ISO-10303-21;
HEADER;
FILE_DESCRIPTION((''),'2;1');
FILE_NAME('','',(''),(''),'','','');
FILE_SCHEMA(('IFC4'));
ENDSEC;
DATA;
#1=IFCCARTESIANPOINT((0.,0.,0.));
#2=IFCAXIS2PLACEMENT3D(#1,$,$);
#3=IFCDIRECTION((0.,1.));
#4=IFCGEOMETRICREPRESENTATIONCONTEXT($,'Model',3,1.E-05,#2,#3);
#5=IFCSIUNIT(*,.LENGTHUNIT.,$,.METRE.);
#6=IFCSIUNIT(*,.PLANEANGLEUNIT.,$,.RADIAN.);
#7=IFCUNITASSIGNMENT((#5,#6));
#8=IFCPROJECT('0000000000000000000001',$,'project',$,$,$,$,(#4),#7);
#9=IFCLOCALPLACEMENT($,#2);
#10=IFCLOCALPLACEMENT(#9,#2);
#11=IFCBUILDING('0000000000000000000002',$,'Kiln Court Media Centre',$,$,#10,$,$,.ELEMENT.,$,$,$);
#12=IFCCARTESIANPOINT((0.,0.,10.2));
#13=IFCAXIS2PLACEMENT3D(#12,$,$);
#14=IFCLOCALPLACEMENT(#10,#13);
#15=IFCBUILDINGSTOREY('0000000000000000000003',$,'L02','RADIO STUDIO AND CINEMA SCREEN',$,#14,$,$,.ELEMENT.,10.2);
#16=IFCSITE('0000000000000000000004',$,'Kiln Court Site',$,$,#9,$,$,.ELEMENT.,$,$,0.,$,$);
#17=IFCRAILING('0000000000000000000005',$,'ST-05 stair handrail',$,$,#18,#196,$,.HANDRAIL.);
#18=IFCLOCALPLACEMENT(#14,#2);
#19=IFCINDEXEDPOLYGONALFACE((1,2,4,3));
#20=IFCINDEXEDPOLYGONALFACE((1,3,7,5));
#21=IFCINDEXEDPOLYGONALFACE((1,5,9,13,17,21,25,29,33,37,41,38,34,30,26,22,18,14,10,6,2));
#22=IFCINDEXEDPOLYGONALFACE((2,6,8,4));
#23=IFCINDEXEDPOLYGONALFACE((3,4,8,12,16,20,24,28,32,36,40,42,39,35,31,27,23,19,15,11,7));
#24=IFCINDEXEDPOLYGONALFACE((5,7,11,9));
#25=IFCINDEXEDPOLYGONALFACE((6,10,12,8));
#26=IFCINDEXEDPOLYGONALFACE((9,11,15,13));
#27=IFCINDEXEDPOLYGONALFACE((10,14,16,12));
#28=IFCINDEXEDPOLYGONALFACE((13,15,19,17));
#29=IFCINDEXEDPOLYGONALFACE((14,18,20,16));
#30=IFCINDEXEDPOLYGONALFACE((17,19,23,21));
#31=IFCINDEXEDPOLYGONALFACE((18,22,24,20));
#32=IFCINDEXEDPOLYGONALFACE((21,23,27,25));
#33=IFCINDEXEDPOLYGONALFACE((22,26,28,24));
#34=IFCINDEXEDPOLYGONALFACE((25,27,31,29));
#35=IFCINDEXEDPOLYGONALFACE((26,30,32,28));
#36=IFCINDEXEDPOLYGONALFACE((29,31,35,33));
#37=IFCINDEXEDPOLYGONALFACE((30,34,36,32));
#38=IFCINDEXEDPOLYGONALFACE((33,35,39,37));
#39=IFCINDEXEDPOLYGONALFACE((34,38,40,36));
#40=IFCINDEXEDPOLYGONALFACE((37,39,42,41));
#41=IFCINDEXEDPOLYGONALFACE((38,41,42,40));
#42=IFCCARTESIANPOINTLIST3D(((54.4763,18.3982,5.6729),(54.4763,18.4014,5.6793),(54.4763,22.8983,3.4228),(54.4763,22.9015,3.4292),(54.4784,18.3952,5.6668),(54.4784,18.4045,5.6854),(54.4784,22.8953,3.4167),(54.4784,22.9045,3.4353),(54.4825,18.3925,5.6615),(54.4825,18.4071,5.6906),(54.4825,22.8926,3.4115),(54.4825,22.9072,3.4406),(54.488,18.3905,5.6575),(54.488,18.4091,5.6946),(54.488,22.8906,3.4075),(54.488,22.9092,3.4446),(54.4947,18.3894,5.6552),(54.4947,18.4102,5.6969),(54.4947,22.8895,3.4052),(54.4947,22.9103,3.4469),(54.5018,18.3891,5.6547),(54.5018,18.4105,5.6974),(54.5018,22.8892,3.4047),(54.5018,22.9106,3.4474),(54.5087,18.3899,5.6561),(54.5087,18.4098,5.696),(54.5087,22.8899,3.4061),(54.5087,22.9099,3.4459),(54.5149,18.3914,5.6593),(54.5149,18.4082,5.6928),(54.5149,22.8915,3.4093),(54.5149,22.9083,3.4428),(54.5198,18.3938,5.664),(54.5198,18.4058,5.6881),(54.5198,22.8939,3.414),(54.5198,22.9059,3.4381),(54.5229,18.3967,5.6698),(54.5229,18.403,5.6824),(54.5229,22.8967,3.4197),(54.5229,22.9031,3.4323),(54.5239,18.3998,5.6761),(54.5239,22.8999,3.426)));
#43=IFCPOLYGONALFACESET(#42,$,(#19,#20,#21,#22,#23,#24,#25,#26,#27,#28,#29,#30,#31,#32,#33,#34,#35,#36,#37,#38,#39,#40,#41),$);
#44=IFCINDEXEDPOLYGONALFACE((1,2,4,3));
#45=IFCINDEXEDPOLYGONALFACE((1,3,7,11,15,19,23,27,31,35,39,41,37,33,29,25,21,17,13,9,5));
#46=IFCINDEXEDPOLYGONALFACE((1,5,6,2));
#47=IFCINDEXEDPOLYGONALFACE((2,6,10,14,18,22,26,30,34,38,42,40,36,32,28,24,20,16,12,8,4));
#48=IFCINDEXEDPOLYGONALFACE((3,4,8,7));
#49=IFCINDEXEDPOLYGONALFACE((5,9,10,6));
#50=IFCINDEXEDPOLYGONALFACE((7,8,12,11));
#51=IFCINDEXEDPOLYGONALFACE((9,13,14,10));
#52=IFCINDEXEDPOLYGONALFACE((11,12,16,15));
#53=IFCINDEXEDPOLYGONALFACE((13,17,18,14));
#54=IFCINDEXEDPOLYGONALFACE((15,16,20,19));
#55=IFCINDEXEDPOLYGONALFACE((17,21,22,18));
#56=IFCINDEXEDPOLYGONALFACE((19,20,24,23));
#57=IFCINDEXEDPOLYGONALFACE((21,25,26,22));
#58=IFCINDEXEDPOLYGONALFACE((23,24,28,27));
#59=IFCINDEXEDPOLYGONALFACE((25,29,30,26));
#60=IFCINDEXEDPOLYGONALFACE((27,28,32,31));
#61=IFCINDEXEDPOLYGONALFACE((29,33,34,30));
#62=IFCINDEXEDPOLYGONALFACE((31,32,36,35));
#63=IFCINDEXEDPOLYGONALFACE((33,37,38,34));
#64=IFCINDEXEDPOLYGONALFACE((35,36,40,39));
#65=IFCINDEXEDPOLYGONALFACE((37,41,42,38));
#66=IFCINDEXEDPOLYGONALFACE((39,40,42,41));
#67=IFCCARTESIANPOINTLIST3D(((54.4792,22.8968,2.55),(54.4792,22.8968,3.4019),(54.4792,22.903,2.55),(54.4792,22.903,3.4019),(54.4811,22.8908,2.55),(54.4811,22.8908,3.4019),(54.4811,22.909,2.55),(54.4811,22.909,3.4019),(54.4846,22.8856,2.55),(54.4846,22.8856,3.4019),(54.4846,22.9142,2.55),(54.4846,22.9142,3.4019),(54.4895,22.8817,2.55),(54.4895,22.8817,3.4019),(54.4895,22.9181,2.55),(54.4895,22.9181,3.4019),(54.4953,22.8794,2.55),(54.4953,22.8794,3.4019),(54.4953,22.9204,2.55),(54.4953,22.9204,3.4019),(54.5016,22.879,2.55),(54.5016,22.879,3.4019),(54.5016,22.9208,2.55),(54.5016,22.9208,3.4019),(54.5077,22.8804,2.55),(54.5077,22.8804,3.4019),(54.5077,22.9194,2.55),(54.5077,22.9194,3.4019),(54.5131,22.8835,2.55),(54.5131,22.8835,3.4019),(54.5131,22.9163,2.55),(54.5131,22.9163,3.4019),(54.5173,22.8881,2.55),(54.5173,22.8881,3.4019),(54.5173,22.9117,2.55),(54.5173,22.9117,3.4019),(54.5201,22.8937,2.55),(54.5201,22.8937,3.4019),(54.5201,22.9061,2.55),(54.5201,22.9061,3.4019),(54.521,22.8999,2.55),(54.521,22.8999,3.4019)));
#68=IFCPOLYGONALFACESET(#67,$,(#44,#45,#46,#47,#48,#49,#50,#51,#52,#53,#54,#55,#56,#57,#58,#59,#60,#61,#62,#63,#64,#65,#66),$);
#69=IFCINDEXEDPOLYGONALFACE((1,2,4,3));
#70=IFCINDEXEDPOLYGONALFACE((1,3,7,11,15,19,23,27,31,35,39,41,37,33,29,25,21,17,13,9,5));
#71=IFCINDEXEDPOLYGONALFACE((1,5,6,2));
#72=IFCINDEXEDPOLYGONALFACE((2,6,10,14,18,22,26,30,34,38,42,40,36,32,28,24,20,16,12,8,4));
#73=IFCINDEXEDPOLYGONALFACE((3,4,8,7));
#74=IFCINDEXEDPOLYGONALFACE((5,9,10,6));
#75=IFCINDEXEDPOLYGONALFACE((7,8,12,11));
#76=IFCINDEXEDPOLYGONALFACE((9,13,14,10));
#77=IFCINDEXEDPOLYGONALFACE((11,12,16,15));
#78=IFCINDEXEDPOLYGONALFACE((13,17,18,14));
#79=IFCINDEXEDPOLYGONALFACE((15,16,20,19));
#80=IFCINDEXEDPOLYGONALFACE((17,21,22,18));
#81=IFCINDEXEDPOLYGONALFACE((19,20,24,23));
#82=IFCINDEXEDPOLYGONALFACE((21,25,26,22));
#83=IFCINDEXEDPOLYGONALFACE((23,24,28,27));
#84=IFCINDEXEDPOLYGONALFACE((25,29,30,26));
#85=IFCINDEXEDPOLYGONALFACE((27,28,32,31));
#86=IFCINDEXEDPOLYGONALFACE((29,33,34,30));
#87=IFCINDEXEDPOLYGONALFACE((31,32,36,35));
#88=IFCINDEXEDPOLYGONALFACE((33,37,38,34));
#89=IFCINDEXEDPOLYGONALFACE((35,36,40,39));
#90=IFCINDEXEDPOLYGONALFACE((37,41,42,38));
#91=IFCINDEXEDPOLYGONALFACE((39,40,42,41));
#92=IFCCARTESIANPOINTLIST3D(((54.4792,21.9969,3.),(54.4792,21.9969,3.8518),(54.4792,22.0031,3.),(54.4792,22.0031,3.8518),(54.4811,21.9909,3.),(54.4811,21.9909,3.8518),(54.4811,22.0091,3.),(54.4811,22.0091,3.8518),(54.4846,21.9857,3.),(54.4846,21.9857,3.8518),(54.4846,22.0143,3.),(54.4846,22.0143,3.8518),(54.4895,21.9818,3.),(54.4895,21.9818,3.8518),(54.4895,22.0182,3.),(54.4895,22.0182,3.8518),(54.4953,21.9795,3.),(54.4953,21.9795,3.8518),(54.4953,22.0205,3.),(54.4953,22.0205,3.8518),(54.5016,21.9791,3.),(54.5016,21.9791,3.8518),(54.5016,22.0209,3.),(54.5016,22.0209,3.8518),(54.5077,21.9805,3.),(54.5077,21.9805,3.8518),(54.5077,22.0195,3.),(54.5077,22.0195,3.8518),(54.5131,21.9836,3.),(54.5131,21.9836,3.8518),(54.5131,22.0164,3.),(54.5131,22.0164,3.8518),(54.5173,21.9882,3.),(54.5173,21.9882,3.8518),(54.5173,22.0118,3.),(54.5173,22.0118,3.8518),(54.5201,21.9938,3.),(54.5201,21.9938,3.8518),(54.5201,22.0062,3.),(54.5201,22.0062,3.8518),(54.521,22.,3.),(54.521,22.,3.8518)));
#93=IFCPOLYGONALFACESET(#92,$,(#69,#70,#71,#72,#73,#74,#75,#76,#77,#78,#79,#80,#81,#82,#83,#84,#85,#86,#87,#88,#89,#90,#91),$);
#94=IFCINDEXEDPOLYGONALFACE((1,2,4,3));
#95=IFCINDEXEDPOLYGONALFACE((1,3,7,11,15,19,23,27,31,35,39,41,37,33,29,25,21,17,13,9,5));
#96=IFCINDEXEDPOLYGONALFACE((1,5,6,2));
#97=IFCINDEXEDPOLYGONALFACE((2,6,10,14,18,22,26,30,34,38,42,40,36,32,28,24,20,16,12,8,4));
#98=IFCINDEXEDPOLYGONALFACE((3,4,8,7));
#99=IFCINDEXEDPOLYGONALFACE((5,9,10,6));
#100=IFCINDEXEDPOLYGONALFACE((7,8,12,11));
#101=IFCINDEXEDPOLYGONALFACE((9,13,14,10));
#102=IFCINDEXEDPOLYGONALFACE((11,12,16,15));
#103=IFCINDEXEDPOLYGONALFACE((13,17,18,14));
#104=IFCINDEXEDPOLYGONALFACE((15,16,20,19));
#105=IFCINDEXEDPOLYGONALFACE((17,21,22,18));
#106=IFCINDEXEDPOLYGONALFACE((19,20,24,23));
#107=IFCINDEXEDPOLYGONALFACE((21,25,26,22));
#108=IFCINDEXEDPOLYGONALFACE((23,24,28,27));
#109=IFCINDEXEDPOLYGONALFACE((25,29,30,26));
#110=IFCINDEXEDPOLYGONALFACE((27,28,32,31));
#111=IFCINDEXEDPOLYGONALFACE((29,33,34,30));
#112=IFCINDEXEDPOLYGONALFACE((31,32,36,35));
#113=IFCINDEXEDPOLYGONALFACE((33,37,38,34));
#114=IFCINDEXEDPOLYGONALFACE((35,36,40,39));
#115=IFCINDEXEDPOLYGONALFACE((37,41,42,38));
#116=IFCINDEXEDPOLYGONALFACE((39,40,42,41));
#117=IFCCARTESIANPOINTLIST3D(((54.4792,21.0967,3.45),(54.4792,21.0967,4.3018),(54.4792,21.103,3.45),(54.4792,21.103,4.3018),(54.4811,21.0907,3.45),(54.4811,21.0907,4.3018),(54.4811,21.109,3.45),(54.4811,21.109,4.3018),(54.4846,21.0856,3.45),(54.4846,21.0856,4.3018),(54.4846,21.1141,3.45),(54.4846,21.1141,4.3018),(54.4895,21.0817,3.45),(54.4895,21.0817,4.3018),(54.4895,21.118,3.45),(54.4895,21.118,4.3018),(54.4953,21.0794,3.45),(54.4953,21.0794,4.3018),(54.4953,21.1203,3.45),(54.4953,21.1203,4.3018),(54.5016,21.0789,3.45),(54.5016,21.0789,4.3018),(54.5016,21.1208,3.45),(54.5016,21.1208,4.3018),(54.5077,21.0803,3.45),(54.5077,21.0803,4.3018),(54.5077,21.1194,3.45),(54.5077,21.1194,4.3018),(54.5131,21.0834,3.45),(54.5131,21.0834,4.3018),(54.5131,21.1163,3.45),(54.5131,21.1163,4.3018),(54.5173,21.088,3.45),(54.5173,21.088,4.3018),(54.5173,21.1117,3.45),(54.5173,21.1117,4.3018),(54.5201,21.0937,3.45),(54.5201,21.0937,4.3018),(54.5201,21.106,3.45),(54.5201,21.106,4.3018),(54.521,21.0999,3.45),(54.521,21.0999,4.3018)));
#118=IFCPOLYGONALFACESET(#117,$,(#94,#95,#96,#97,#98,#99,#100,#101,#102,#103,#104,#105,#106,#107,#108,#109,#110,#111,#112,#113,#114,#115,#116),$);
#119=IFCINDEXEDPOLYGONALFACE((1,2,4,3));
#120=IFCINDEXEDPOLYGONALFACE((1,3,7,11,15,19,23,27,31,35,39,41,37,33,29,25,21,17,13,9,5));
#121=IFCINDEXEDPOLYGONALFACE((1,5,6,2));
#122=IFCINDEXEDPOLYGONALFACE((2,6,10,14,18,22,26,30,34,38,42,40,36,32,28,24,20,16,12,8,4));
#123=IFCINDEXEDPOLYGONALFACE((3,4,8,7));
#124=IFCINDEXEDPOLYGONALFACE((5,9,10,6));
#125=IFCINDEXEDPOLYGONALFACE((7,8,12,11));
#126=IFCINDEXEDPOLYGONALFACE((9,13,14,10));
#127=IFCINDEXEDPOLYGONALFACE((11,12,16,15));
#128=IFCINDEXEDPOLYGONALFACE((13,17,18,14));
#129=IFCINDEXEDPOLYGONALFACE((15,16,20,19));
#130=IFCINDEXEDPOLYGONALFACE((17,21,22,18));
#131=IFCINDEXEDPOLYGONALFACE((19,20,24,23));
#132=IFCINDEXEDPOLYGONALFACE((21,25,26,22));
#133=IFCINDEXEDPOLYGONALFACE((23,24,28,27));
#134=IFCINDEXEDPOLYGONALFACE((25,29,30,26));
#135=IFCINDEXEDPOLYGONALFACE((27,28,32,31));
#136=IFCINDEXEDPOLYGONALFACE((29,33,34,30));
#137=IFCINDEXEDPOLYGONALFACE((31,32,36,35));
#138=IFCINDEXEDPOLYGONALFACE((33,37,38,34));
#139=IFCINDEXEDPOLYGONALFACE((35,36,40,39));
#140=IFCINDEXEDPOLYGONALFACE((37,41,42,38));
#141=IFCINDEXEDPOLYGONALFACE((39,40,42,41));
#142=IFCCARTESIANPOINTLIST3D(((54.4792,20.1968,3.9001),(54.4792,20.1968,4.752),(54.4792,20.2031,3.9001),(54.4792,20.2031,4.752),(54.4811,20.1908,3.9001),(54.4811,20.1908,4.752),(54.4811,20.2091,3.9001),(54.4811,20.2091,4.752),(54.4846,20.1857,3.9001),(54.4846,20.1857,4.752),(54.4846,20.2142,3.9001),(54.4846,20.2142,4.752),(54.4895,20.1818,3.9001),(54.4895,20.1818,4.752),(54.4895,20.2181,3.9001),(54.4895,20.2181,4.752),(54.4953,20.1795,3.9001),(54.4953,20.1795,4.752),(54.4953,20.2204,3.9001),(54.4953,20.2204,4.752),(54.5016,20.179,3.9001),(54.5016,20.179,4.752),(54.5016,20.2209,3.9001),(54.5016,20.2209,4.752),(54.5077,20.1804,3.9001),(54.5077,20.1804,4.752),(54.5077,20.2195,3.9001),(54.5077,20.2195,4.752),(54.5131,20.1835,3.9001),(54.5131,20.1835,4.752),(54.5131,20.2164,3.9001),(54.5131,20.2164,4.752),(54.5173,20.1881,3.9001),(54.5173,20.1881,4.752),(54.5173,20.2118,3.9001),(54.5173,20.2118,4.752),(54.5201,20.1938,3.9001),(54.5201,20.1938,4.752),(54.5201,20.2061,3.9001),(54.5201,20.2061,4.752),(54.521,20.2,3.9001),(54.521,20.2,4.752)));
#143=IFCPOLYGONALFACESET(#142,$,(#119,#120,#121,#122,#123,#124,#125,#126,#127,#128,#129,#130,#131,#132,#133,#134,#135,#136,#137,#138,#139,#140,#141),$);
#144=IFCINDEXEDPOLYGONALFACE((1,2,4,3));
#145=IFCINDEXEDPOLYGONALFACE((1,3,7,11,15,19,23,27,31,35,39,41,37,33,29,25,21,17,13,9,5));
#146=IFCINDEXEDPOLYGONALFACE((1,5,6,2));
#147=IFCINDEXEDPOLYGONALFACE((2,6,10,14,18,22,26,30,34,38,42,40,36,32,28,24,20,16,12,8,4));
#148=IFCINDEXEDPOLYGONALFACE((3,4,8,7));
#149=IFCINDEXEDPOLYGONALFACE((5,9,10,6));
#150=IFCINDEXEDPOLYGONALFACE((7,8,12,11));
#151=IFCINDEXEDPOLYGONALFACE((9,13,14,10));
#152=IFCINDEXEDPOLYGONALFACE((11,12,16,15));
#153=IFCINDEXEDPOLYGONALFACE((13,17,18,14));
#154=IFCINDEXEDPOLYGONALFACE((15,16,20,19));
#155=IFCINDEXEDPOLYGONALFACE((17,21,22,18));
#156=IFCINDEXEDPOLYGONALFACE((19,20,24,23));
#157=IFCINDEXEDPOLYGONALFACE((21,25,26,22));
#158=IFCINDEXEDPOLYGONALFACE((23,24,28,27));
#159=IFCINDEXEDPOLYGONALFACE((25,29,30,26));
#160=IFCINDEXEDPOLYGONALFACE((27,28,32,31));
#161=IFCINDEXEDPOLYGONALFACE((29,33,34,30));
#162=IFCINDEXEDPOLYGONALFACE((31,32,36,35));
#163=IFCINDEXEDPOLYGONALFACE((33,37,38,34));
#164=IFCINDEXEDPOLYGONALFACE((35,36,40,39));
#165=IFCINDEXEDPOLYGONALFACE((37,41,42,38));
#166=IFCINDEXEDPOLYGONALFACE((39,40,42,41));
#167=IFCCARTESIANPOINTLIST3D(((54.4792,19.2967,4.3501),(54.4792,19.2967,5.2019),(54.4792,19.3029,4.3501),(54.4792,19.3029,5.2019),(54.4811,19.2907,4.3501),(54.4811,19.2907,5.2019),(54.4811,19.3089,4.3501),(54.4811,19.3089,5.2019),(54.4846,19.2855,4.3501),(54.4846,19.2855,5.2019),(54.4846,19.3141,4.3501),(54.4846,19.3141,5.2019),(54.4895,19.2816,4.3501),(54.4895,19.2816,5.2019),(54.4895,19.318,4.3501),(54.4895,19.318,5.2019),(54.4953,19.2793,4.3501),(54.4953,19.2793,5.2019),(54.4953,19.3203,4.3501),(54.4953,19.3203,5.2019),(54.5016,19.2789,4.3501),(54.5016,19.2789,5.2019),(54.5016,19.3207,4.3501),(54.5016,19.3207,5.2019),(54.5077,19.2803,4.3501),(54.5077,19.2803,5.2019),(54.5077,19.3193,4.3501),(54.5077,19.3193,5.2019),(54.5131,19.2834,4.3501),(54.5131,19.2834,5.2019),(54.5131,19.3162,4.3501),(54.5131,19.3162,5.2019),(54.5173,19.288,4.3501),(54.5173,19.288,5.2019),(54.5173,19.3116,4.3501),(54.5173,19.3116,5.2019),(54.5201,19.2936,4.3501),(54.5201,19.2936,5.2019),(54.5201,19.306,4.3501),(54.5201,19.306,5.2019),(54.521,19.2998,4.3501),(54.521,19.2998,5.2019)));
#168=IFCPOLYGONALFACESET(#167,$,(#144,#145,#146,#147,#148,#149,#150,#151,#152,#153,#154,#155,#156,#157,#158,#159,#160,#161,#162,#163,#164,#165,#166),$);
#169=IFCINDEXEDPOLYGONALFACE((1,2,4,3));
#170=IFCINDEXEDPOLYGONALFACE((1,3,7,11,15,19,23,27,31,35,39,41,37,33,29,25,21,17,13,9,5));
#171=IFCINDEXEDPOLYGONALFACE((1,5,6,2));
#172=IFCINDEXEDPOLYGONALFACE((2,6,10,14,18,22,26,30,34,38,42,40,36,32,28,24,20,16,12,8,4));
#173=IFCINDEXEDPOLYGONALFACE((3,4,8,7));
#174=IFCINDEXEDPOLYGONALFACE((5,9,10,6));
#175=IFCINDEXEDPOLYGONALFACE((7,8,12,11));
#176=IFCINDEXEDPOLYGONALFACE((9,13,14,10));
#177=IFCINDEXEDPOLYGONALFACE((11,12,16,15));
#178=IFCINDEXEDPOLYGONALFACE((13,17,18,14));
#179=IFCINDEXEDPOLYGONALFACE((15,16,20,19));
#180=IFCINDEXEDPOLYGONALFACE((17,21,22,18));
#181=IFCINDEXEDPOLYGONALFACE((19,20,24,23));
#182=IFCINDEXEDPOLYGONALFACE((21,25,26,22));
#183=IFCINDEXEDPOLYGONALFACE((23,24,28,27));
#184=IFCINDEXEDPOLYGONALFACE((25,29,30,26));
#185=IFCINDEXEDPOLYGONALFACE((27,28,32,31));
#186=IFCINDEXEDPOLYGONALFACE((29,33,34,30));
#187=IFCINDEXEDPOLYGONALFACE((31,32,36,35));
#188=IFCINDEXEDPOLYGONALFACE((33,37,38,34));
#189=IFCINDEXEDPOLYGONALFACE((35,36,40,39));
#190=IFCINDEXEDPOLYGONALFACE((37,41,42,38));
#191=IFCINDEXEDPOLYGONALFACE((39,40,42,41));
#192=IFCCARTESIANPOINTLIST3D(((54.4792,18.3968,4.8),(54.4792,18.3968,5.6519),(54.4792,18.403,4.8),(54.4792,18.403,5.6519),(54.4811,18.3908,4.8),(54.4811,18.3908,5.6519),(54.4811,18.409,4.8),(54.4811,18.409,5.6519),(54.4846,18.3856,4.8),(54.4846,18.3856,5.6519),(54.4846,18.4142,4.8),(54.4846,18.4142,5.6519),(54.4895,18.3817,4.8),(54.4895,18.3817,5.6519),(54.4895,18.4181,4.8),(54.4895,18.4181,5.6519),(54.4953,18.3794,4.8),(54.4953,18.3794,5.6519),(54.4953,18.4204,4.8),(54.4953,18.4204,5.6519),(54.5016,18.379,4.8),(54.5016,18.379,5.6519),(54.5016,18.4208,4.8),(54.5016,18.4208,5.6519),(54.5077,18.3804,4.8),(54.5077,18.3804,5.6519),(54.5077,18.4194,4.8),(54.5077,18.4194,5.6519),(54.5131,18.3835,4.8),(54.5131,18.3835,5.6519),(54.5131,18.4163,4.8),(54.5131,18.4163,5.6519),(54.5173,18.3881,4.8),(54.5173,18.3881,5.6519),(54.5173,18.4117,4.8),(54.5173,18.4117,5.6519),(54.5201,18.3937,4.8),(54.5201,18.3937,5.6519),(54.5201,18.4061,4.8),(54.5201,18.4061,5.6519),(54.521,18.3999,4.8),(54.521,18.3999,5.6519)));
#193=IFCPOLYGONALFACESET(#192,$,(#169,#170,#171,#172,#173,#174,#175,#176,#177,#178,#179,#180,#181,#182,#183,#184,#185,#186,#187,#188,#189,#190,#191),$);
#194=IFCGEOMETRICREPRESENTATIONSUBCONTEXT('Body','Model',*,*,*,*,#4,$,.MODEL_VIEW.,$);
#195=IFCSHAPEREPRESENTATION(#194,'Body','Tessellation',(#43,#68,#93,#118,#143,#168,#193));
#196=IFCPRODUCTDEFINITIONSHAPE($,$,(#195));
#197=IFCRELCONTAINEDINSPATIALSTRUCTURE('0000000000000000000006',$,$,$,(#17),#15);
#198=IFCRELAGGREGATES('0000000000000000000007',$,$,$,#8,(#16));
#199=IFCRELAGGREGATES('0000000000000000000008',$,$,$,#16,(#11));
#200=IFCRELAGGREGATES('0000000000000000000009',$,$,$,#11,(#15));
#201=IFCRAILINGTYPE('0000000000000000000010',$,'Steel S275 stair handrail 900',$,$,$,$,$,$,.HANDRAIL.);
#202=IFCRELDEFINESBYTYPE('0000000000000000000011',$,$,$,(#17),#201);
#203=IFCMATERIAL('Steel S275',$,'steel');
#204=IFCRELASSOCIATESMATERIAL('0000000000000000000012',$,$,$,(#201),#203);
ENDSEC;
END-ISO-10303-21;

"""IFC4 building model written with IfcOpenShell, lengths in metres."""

from ifc_helpers import new_model, si_unit, direction, frame, origin, origin_2d, place, context, subcontext, project, spatial, circle, extrude, material, type_object, element, save


model = new_model("IFC4")

# Units and contexts
model_context = context("Model", 3, precision=1e-05, world=origin(), true_north=direction((0.0, 1.0)))
body_context = subcontext(model_context, "Body", "Model", "MODEL_VIEW")
ifc_project = project(units=[si_unit("LENGTHUNIT", "METRE"), si_unit("PLANEANGLEUNIT", "RADIAN")], contexts=[model_context])

# Site, building, storey
site_placement = place(None, origin())
site = spatial("IfcSite", under=ifc_project, at=site_placement, Name="Kiln Court Site", CompositionType="ELEMENT", RefElevation=0.0)
building_placement = place(site_placement, origin())
building = spatial("IfcBuilding", under=site, at=building_placement, Name="Kiln Court Media Centre", CompositionType="ELEMENT")
storey_placement = place(building_placement, frame((0.0, 0.0, 10.2)))
storey = spatial("IfcBuildingStorey", under=building, at=storey_placement, Name="L02", Description="RADIO STUDIO AND CINEMA SCREEN", CompositionType="ELEMENT", Elevation=10.2)

# Railing
ifc_material_1 = material(Name="Steel S275", Category="steel")
railing_type_1 = type_object("IfcRailingType", Name="Steel S275 stair handrail 900", PredefinedType="HANDRAIL", material=ifc_material_1)
railing_1_placement = place(storey_placement, frame((54.5, 22.8999, 2.55)))
element("IfcRailing", 1, at=railing_1_placement, inside=storey, type_object=railing_type_1, Name="ST-05 stair handrail", PredefinedType="HANDRAIL", context=body_context, shape_type="SweptSolid", body=[
    extrude(circle(Radius=0.0239, at=origin_2d()), frame((0.0, 0.0, 0.876), z_axis=(0.0, -0.894427, 0.447214), x_axis=(1.0, 0.0, 0.0)), (0.0, 0.0, 1.0), 5.0312),
    extrude(circle(Radius=0.021, at=origin_2d()), origin(), (0.0, 0.0, 1.0), 0.8518),
    extrude(circle(Radius=0.021, at=origin_2d()), frame((0.0, -0.8999, 0.45)), (0.0, 0.0, 1.0), 0.8518),
    extrude(circle(Radius=0.021, at=origin_2d()), frame((0.0, -1.8, 0.8999)), (0.0, 0.0, 1.0), 0.8518),
    extrude(circle(Radius=0.021, at=origin_2d()), frame((0.0, -2.7, 1.3501)), (0.0, 0.0, 1.0), 0.8518),
    extrude(circle(Radius=0.021, at=origin_2d()), frame((0.0, -3.6001, 1.8)), (0.0, 0.0, 1.0), 0.8518),
    extrude(circle(Radius=0.021, at=origin_2d()), frame((0.0, -4.5, 2.25)), (0.0, 0.0, 1.0), 0.8518),
])

save(model, "model.ifc")
